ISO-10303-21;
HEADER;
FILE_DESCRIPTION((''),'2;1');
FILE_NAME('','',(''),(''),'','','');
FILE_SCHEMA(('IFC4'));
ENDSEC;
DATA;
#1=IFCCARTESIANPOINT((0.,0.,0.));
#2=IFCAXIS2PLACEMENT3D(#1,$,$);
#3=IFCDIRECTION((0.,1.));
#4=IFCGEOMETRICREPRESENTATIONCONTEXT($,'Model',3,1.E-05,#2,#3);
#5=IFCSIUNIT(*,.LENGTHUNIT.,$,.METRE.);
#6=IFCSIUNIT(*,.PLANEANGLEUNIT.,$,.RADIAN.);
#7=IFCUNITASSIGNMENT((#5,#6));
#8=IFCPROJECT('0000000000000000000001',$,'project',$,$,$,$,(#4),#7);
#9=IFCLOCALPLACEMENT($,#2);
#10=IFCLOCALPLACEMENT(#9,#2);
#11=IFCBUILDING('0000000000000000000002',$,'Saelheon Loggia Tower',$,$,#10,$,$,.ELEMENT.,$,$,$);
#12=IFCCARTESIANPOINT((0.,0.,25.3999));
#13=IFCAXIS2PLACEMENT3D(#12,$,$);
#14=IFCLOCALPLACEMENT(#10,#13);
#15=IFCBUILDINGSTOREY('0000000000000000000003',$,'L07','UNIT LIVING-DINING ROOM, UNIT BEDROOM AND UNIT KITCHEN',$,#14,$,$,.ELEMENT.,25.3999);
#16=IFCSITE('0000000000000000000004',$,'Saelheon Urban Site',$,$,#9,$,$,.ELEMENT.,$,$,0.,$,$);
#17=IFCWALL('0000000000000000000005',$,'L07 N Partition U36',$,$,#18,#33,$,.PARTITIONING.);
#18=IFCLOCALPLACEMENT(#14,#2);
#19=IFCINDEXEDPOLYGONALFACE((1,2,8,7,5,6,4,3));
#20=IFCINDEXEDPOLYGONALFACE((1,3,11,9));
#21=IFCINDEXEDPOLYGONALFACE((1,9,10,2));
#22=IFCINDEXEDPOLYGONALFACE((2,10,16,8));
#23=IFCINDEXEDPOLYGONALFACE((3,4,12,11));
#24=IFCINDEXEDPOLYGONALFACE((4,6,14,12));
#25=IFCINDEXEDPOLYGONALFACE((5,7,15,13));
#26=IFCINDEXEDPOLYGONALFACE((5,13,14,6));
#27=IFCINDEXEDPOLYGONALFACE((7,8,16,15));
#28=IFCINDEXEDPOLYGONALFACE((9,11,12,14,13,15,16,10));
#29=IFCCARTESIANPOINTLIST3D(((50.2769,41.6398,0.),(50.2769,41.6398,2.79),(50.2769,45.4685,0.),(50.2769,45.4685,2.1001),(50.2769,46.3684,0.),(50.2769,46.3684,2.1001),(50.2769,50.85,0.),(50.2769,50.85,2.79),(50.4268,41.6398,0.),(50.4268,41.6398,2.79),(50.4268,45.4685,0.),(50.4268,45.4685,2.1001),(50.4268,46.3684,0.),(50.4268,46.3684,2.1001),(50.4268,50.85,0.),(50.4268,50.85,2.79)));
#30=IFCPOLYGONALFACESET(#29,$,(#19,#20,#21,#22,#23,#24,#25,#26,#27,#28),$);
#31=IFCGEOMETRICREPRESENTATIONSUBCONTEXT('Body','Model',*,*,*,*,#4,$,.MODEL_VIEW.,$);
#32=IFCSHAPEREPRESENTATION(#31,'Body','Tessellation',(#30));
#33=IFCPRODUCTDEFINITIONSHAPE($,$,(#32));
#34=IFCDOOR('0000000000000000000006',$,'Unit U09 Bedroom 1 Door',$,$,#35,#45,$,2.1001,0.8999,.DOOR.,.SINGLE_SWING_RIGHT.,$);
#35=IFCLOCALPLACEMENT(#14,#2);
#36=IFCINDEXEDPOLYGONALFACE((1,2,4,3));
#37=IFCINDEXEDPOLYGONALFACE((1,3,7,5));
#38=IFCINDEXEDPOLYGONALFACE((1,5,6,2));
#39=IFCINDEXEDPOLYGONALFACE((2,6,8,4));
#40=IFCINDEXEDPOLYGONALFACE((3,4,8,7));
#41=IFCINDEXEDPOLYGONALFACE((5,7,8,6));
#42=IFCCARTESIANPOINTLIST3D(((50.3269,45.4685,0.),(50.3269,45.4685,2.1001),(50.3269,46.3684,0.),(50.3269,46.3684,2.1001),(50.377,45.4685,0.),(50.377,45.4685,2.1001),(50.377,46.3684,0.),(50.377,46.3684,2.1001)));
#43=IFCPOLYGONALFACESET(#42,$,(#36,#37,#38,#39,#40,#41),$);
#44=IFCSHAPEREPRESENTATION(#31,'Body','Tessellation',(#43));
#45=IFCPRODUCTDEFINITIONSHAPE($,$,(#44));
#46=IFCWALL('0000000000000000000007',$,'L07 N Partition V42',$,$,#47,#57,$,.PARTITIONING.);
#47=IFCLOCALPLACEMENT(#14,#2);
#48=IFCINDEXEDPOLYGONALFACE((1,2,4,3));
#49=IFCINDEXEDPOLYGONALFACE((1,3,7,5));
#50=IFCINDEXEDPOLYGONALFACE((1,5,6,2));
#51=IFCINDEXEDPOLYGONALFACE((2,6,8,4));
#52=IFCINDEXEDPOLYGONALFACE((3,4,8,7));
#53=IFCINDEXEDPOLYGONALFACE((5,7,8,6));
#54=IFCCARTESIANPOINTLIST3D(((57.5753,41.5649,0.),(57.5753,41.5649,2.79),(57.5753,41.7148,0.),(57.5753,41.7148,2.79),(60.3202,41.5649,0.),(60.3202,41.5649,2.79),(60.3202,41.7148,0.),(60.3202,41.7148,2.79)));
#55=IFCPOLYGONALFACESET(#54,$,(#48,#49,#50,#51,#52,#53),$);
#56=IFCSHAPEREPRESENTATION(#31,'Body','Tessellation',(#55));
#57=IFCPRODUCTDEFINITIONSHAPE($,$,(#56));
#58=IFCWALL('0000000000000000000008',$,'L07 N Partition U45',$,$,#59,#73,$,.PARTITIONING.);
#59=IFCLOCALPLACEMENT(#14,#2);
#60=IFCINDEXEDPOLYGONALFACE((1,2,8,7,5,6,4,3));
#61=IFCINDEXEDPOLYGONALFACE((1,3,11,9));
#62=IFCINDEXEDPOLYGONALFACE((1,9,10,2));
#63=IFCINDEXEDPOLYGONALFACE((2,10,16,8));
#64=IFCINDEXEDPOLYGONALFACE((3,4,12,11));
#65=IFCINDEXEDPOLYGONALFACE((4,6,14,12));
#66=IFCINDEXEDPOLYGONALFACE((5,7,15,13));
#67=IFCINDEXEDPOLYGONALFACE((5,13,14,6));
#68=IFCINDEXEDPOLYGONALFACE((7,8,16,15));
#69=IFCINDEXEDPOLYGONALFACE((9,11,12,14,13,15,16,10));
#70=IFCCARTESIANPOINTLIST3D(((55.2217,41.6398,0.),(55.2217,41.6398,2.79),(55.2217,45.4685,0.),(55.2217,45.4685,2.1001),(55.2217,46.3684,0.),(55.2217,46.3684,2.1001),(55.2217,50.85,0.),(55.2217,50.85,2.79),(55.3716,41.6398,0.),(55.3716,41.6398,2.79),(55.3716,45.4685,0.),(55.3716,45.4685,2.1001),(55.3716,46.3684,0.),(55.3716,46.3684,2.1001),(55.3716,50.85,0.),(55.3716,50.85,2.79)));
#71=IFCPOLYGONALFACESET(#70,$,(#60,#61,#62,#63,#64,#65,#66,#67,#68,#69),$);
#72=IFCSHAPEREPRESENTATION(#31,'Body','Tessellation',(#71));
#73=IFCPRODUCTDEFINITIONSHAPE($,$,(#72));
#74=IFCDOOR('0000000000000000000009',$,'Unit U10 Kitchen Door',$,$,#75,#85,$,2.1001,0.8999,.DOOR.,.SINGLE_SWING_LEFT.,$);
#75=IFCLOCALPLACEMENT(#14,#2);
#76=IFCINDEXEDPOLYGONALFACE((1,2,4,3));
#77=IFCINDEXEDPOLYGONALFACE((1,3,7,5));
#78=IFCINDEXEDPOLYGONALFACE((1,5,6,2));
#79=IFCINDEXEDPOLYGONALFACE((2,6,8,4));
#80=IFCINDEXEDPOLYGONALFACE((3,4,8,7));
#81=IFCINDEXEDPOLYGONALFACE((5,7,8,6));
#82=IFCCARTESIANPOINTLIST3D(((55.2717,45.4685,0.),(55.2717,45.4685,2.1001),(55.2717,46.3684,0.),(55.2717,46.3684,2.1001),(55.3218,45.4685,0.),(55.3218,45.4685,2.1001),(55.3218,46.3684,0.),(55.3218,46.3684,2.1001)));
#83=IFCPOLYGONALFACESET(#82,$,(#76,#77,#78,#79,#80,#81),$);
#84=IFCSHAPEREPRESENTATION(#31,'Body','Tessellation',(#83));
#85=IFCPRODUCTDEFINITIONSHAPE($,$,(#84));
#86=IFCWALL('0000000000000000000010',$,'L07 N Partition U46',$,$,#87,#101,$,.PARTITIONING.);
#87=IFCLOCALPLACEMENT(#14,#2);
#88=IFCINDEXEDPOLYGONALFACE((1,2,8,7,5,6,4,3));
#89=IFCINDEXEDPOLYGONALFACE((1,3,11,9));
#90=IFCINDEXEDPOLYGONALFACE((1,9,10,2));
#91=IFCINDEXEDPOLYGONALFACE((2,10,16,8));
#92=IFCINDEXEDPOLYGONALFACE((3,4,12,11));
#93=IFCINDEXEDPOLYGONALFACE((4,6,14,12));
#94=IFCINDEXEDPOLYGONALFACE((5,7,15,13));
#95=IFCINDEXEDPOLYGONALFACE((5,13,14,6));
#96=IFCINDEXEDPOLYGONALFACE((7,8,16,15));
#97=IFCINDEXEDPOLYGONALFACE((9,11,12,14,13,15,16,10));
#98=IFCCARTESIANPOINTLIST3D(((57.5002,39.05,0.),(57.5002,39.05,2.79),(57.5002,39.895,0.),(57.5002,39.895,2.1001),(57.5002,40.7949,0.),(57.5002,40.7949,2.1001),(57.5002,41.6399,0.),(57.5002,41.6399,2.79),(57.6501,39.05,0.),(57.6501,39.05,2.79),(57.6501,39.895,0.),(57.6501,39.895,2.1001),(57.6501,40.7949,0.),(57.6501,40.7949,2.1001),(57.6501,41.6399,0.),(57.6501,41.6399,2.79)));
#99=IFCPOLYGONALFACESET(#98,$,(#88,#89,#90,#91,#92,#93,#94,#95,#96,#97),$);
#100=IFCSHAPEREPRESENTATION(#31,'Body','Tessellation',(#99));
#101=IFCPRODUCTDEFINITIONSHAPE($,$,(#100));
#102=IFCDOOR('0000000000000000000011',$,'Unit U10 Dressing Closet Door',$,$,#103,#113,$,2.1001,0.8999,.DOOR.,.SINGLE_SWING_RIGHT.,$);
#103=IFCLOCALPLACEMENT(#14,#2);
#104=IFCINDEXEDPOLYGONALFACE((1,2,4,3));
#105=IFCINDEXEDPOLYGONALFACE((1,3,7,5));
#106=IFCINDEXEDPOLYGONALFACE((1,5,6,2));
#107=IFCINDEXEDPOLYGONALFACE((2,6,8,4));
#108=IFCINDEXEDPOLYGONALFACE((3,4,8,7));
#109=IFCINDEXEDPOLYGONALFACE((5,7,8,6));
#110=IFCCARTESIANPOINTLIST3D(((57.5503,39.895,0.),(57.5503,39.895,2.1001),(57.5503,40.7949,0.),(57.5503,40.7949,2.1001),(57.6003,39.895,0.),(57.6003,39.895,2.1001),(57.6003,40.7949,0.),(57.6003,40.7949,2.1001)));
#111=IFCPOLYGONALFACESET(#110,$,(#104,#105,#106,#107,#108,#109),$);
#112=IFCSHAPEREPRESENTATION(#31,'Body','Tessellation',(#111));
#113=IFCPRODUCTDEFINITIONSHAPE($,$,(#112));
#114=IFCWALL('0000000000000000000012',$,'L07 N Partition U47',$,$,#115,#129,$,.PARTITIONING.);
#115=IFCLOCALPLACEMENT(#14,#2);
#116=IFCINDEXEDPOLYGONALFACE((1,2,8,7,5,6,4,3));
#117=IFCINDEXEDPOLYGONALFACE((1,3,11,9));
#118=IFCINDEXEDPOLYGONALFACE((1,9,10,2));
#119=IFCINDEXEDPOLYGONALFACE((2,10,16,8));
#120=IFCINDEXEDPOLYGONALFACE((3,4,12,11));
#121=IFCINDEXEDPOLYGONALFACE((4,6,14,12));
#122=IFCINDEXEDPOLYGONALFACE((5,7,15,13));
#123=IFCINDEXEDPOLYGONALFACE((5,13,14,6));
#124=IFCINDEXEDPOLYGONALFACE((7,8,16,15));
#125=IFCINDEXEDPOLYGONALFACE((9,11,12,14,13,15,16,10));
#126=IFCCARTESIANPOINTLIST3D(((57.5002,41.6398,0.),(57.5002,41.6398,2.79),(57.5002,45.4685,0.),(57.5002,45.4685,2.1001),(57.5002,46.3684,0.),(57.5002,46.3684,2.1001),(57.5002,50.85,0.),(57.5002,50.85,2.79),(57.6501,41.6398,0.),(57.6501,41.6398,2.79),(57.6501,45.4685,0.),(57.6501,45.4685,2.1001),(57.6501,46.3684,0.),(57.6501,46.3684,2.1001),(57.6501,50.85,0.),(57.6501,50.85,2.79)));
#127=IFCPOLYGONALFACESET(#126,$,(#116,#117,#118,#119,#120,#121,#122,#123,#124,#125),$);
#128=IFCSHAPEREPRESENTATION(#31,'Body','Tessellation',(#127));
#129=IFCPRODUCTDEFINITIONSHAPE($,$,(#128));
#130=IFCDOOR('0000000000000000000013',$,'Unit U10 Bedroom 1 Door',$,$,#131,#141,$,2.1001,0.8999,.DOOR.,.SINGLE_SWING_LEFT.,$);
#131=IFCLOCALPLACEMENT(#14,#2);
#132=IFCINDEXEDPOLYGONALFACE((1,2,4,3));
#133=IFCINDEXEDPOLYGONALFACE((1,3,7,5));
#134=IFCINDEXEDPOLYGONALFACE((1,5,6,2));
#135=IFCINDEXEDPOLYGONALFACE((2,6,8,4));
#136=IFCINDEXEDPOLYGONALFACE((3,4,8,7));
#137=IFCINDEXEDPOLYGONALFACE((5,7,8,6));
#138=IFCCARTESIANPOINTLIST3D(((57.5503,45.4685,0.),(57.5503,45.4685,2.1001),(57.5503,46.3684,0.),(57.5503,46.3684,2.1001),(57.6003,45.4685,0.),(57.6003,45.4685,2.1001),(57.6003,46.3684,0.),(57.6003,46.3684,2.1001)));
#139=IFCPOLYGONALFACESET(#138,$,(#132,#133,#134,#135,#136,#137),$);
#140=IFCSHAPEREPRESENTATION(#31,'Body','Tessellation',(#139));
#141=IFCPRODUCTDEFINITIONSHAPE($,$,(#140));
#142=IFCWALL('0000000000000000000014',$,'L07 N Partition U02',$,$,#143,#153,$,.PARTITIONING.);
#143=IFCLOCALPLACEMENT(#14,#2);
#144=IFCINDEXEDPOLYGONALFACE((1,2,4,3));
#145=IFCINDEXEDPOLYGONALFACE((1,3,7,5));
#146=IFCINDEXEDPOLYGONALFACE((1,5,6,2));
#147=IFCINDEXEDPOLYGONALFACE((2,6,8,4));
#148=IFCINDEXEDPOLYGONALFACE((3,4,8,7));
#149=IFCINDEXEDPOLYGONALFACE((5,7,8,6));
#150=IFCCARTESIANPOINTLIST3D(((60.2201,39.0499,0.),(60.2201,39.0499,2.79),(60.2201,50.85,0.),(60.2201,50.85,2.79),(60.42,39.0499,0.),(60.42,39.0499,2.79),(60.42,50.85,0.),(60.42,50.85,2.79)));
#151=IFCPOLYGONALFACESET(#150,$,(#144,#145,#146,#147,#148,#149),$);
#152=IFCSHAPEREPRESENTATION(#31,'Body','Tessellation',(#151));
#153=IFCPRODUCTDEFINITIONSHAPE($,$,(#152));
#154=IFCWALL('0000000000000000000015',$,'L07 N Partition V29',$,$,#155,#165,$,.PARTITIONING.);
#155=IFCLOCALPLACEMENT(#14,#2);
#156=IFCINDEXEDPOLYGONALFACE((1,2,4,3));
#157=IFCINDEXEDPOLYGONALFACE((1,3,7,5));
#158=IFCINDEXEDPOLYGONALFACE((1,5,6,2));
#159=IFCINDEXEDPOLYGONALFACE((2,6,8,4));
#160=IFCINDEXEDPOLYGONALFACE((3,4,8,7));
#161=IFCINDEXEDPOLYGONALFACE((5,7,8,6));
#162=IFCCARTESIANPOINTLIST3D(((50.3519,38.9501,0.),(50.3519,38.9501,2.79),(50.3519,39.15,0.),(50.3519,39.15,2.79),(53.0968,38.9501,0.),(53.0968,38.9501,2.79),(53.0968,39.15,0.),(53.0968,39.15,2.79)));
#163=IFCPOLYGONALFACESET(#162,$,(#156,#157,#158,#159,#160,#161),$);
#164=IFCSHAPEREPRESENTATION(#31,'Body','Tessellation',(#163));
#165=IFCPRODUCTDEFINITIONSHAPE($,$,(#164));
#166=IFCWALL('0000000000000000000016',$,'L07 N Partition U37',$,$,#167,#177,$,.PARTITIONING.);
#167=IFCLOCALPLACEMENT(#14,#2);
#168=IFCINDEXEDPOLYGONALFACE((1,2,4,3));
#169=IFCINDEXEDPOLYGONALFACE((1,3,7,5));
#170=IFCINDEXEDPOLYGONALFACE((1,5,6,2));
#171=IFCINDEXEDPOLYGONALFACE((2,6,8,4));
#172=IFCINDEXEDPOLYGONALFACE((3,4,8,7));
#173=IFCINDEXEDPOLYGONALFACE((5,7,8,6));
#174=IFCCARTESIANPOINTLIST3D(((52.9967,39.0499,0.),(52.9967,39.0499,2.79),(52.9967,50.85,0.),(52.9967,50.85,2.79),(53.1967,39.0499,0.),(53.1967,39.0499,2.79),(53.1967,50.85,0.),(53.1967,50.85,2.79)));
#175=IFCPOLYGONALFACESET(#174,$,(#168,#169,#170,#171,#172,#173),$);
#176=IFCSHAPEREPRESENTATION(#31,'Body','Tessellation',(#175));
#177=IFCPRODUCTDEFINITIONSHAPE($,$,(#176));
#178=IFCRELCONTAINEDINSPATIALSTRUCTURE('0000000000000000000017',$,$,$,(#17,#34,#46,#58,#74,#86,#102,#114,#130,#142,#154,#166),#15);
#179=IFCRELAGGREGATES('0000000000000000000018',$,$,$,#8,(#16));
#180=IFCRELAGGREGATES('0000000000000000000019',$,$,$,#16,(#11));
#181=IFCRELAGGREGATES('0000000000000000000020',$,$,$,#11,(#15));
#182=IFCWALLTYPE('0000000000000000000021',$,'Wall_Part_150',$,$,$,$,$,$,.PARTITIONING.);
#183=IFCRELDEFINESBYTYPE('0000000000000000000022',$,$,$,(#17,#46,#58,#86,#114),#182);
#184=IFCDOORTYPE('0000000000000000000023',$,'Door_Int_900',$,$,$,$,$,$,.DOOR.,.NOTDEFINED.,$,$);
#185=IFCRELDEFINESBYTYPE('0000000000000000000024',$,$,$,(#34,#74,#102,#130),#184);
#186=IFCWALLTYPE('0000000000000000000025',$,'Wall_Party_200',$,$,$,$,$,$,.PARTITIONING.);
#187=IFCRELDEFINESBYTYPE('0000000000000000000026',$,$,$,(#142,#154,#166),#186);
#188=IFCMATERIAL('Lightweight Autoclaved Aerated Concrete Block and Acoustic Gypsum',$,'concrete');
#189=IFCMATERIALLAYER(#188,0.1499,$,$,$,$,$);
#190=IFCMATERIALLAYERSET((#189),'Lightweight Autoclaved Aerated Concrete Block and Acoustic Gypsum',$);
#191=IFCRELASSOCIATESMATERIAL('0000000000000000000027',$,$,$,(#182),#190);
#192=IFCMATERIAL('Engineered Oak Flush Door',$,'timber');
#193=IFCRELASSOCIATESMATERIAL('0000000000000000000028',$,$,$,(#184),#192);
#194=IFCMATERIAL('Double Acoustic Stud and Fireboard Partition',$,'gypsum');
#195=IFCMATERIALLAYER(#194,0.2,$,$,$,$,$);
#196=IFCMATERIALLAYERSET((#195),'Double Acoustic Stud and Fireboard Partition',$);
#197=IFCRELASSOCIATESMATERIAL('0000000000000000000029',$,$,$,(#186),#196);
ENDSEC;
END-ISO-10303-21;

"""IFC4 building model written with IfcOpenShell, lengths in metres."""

from ifc_helpers import new_model, si_unit, direction, frame, frame_2d, origin, place, context, subcontext, project, spatial, rectangle, extrude, source, transform, mapped, material, layer, layer_set, type_object, element, fill, save


model = new_model("IFC4")

# Units and contexts
model_context = context("Model", 3, precision=1e-05, world=origin(), true_north=direction((0.0, 1.0)))
body_context = subcontext(model_context, "Body", "Model", "MODEL_VIEW")
ifc_project = project(units=[si_unit("LENGTHUNIT", "METRE"), si_unit("PLANEANGLEUNIT", "RADIAN")], contexts=[model_context])

# Site, building, storey
site_placement = place(None, origin())
site = spatial("IfcSite", under=ifc_project, at=site_placement, Name="Saelheon Urban Site", CompositionType="ELEMENT", RefElevation=0.0)
building_placement = place(site_placement, origin())
building = spatial("IfcBuilding", under=site, at=building_placement, Name="Saelheon Loggia Tower", CompositionType="ELEMENT")
storey_placement = place(building_placement, frame((0.0, 0.0, 25.3999)))
storey = spatial("IfcBuildingStorey", under=building, at=storey_placement, Name="L07", Description="UNIT LIVING-DINING ROOM, UNIT BEDROOM AND UNIT KITCHEN", CompositionType="ELEMENT", Elevation=25.3999)

# Shared definitions
ifc_material_1 = material(Name="Lightweight Autoclaved Aerated Concrete Block and Acoustic Gypsum", Category="concrete")
ifc_layer_1 = layer(ifc_material_1, 0.1499)
ifc_layer_set_1 = layer_set([ifc_layer_1], Name="Lightweight Autoclaved Aerated Concrete Block and Acoustic Gypsum")
wall_type_1 = type_object("IfcWallType", Name="Wall_Part_150", PredefinedType="PARTITIONING", material=ifc_layer_set_1)

# Wall, opening, door
ifc_material_2 = material(Name="Engineered Oak Flush Door", Category="timber")
door_type_1 = type_object("IfcDoorType", Name="Door_Int_900", OperationType="NOTDEFINED", PredefinedType="DOOR", material=ifc_material_2)
shared_shape_1 = source(origin(), body_context, "Body", "SweptSolid", [
    extrude(rectangle(XDim=0.8999, YDim=2.1001, at=frame_2d((0.45, 1.05))), frame((0.0, 0.0249, 0.0), z_axis=(0.0, -1.0, 0.0), x_axis=(1.0, 0.0, 0.0)), (0.0, 0.0, 1.0), 0.05),
])
wall_1_placement = place(storey_placement, frame((50.3518, 41.6399, 0.0), z_axis=(0.0, 0.0, 1.0), x_axis=(0.0, 1.0, 0.0)))
wall_1 = element("IfcWall", 1, at=wall_1_placement, inside=storey, type_object=wall_type_1, Name="L07 N Partition U36", PredefinedType="PARTITIONING", context=body_context, shape_type="SweptSolid", body=[
    extrude(rectangle(XDim=9.2102, YDim=0.1499, at=frame_2d((4.605, 0.0))), origin(), (0.0, 0.0, 1.0), 2.79),
])
opening_1_placement = place(wall_1_placement, frame((3.8286, 0.0, 0.0)))
opening_1 = element("IfcOpeningElement", 2, at=opening_1_placement, cuts=wall_1, PredefinedType="OPENING", context=body_context, shape_type="SweptSolid", body=[
    extrude(rectangle(XDim=0.8999, YDim=2.1001, at=frame_2d((0.45, 1.05))), frame((0.0, 0.0869, 0.0), z_axis=(0.0, -1.0, 0.0), x_axis=(1.0, 0.0, 0.0)), (0.0, 0.0, 1.0), 0.1738),
])
door_1_placement = place(opening_1_placement, origin())
door_1 = element("IfcDoor", 3, at=door_1_placement, inside=storey, type_object=door_type_1, Name="Unit U09 Bedroom 1 Door", OperationType="SINGLE_SWING_RIGHT", OverallHeight=2.1001, OverallWidth=0.8999, PredefinedType="DOOR", context=body_context, shape_type="MappedRepresentation", body=[
    mapped(shared_shape_1, transform((0.0, 0.0, 0.0), scale=1.0)),
])
fill(opening_1, door_1)

# Wall
wall_2_placement = place(storey_placement, frame((57.5752, 41.6399, 0.0), z_axis=(0.0, 0.0, 1.0), x_axis=(1.0, 0.0, 0.0)))
element("IfcWall", 4, at=wall_2_placement, inside=storey, type_object=wall_type_1, Name="L07 N Partition V42", PredefinedType="PARTITIONING", context=body_context, shape_type="SweptSolid", body=[
    extrude(rectangle(XDim=2.7449, YDim=0.1499, at=frame_2d((1.3726, 0.0))), origin(), (0.0, 0.0, 1.0), 2.79),
])

# Walls, openings, doors
wall_3_placement = place(storey_placement, frame((55.2966, 41.6399, 0.0), z_axis=(0.0, 0.0, 1.0), x_axis=(0.0, 1.0, 0.0)))
wall_3 = element("IfcWall", 5, at=wall_3_placement, inside=storey, type_object=wall_type_1, Name="L07 N Partition U45", PredefinedType="PARTITIONING", context=body_context, shape_type="SweptSolid", body=[
    extrude(rectangle(XDim=9.2102, YDim=0.1499, at=frame_2d((4.605, 0.0))), origin(), (0.0, 0.0, 1.0), 2.79),
])
opening_2_placement = place(wall_3_placement, frame((3.8286, 0.0, 0.0)))
opening_2 = element("IfcOpeningElement", 6, at=opening_2_placement, cuts=wall_3, PredefinedType="OPENING", context=body_context, shape_type="SweptSolid", body=[
    extrude(rectangle(XDim=0.8999, YDim=2.1001, at=frame_2d((0.45, 1.05))), frame((0.0, 0.0869, 0.0), z_axis=(0.0, -1.0, 0.0), x_axis=(1.0, 0.0, 0.0)), (0.0, 0.0, 1.0), 0.1738),
])
door_2_placement = place(opening_2_placement, origin())
door_2 = element("IfcDoor", 7, at=door_2_placement, inside=storey, type_object=door_type_1, Name="Unit U10 Kitchen Door", OperationType="SINGLE_SWING_LEFT", OverallHeight=2.1001, OverallWidth=0.8999, PredefinedType="DOOR", context=body_context, shape_type="MappedRepresentation", body=[
    mapped(shared_shape_1, transform((0.0, 0.0, 0.0), scale=1.0)),
])
fill(opening_2, door_2)
wall_4_placement = place(storey_placement, frame((57.5752, 39.05, 0.0), z_axis=(0.0, 0.0, 1.0), x_axis=(0.0, 1.0, 0.0)))
wall_4 = element("IfcWall", 8, at=wall_4_placement, inside=storey, type_object=wall_type_1, Name="L07 N Partition U46", PredefinedType="PARTITIONING", context=body_context, shape_type="SweptSolid", body=[
    extrude(rectangle(XDim=2.5898, YDim=0.1499, at=frame_2d((1.2949, 0.0))), origin(), (0.0, 0.0, 1.0), 2.79),
])
opening_3_placement = place(wall_4_placement, frame((0.845, 0.0, 0.0)))
opening_3 = element("IfcOpeningElement", 9, at=opening_3_placement, cuts=wall_4, PredefinedType="OPENING", context=body_context, shape_type="SweptSolid", body=[
    extrude(rectangle(XDim=0.8999, YDim=2.1001, at=frame_2d((0.45, 1.05))), frame((0.0, 0.0869, 0.0), z_axis=(0.0, -1.0, 0.0), x_axis=(1.0, 0.0, 0.0)), (0.0, 0.0, 1.0), 0.1738),
])
door_3_placement = place(opening_3_placement, origin())
door_3 = element("IfcDoor", 10, at=door_3_placement, inside=storey, type_object=door_type_1, Name="Unit U10 Dressing Closet Door", OperationType="SINGLE_SWING_RIGHT", OverallHeight=2.1001, OverallWidth=0.8999, PredefinedType="DOOR", context=body_context, shape_type="MappedRepresentation", body=[
    mapped(shared_shape_1, transform((0.0, 0.0, 0.0), scale=1.0)),
])
fill(opening_3, door_3)
wall_5_placement = place(storey_placement, frame((57.5752, 41.6399, 0.0), z_axis=(0.0, 0.0, 1.0), x_axis=(0.0, 1.0, 0.0)))
wall_5 = element("IfcWall", 11, at=wall_5_placement, inside=storey, type_object=wall_type_1, Name="L07 N Partition U47", PredefinedType="PARTITIONING", context=body_context, shape_type="SweptSolid", body=[
    extrude(rectangle(XDim=9.2102, YDim=0.1499, at=frame_2d((4.605, 0.0))), origin(), (0.0, 0.0, 1.0), 2.79),
])
opening_4_placement = place(wall_5_placement, frame((3.8286, 0.0, 0.0)))
opening_4 = element("IfcOpeningElement", 12, at=opening_4_placement, cuts=wall_5, PredefinedType="OPENING", context=body_context, shape_type="SweptSolid", body=[
    extrude(rectangle(XDim=0.8999, YDim=2.1001, at=frame_2d((0.45, 1.05))), frame((0.0, 0.0869, 0.0), z_axis=(0.0, -1.0, 0.0), x_axis=(1.0, 0.0, 0.0)), (0.0, 0.0, 1.0), 0.1738),
])
door_4_placement = place(opening_4_placement, origin())
door_4 = element("IfcDoor", 13, at=door_4_placement, inside=storey, type_object=door_type_1, Name="Unit U10 Bedroom 1 Door", OperationType="SINGLE_SWING_LEFT", OverallHeight=2.1001, OverallWidth=0.8999, PredefinedType="DOOR", context=body_context, shape_type="MappedRepresentation", body=[
    mapped(shared_shape_1, transform((0.0, 0.0, 0.0), scale=1.0)),
])
fill(opening_4, door_4)

# Walls
ifc_material_3 = material(Name="Double Acoustic Stud and Fireboard Partition", Category="gypsum")
ifc_layer_2 = layer(ifc_material_3, 0.2)
ifc_layer_set_2 = layer_set([ifc_layer_2], Name="Double Acoustic Stud and Fireboard Partition")
wall_type_2 = type_object("IfcWallType", Name="Wall_Party_200", PredefinedType="PARTITIONING", material=ifc_layer_set_2)
wall_6_placement = place(storey_placement, frame((60.3201, 39.05, 0.0), z_axis=(0.0, 0.0, 1.0), x_axis=(0.0, 1.0, 0.0)))
element("IfcWall", 14, at=wall_6_placement, inside=storey, type_object=wall_type_2, Name="L07 N Partition U02", PredefinedType="PARTITIONING", context=body_context, shape_type="SweptSolid", body=[
    extrude(rectangle(XDim=11.8, YDim=0.2, at=frame_2d((5.8999, 0.0))), origin(), (0.0, 0.0, 1.0), 2.79),
])
wall_7_placement = place(storey_placement, frame((50.3518, 39.05, 0.0), z_axis=(0.0, 0.0, 1.0), x_axis=(1.0, 0.0, 0.0)))
element("IfcWall", 15, at=wall_7_placement, inside=storey, type_object=wall_type_2, Name="L07 N Partition V29", PredefinedType="PARTITIONING", context=body_context, shape_type="SweptSolid", body=[
    extrude(rectangle(XDim=2.7449, YDim=0.2, at=frame_2d((1.3726, 0.0))), origin(), (0.0, 0.0, 1.0), 2.79),
])
wall_8_placement = place(storey_placement, frame((53.0967, 39.05, 0.0), z_axis=(0.0, 0.0, 1.0), x_axis=(0.0, 1.0, 0.0)))
element("IfcWall", 16, at=wall_8_placement, inside=storey, type_object=wall_type_2, Name="L07 N Partition U37", PredefinedType="PARTITIONING", context=body_context, shape_type="SweptSolid", body=[
    extrude(rectangle(XDim=11.8, YDim=0.2, at=frame_2d((5.8999, 0.0))), origin(), (0.0, 0.0, 1.0), 2.79),
])

save(model, "model.ifc")
